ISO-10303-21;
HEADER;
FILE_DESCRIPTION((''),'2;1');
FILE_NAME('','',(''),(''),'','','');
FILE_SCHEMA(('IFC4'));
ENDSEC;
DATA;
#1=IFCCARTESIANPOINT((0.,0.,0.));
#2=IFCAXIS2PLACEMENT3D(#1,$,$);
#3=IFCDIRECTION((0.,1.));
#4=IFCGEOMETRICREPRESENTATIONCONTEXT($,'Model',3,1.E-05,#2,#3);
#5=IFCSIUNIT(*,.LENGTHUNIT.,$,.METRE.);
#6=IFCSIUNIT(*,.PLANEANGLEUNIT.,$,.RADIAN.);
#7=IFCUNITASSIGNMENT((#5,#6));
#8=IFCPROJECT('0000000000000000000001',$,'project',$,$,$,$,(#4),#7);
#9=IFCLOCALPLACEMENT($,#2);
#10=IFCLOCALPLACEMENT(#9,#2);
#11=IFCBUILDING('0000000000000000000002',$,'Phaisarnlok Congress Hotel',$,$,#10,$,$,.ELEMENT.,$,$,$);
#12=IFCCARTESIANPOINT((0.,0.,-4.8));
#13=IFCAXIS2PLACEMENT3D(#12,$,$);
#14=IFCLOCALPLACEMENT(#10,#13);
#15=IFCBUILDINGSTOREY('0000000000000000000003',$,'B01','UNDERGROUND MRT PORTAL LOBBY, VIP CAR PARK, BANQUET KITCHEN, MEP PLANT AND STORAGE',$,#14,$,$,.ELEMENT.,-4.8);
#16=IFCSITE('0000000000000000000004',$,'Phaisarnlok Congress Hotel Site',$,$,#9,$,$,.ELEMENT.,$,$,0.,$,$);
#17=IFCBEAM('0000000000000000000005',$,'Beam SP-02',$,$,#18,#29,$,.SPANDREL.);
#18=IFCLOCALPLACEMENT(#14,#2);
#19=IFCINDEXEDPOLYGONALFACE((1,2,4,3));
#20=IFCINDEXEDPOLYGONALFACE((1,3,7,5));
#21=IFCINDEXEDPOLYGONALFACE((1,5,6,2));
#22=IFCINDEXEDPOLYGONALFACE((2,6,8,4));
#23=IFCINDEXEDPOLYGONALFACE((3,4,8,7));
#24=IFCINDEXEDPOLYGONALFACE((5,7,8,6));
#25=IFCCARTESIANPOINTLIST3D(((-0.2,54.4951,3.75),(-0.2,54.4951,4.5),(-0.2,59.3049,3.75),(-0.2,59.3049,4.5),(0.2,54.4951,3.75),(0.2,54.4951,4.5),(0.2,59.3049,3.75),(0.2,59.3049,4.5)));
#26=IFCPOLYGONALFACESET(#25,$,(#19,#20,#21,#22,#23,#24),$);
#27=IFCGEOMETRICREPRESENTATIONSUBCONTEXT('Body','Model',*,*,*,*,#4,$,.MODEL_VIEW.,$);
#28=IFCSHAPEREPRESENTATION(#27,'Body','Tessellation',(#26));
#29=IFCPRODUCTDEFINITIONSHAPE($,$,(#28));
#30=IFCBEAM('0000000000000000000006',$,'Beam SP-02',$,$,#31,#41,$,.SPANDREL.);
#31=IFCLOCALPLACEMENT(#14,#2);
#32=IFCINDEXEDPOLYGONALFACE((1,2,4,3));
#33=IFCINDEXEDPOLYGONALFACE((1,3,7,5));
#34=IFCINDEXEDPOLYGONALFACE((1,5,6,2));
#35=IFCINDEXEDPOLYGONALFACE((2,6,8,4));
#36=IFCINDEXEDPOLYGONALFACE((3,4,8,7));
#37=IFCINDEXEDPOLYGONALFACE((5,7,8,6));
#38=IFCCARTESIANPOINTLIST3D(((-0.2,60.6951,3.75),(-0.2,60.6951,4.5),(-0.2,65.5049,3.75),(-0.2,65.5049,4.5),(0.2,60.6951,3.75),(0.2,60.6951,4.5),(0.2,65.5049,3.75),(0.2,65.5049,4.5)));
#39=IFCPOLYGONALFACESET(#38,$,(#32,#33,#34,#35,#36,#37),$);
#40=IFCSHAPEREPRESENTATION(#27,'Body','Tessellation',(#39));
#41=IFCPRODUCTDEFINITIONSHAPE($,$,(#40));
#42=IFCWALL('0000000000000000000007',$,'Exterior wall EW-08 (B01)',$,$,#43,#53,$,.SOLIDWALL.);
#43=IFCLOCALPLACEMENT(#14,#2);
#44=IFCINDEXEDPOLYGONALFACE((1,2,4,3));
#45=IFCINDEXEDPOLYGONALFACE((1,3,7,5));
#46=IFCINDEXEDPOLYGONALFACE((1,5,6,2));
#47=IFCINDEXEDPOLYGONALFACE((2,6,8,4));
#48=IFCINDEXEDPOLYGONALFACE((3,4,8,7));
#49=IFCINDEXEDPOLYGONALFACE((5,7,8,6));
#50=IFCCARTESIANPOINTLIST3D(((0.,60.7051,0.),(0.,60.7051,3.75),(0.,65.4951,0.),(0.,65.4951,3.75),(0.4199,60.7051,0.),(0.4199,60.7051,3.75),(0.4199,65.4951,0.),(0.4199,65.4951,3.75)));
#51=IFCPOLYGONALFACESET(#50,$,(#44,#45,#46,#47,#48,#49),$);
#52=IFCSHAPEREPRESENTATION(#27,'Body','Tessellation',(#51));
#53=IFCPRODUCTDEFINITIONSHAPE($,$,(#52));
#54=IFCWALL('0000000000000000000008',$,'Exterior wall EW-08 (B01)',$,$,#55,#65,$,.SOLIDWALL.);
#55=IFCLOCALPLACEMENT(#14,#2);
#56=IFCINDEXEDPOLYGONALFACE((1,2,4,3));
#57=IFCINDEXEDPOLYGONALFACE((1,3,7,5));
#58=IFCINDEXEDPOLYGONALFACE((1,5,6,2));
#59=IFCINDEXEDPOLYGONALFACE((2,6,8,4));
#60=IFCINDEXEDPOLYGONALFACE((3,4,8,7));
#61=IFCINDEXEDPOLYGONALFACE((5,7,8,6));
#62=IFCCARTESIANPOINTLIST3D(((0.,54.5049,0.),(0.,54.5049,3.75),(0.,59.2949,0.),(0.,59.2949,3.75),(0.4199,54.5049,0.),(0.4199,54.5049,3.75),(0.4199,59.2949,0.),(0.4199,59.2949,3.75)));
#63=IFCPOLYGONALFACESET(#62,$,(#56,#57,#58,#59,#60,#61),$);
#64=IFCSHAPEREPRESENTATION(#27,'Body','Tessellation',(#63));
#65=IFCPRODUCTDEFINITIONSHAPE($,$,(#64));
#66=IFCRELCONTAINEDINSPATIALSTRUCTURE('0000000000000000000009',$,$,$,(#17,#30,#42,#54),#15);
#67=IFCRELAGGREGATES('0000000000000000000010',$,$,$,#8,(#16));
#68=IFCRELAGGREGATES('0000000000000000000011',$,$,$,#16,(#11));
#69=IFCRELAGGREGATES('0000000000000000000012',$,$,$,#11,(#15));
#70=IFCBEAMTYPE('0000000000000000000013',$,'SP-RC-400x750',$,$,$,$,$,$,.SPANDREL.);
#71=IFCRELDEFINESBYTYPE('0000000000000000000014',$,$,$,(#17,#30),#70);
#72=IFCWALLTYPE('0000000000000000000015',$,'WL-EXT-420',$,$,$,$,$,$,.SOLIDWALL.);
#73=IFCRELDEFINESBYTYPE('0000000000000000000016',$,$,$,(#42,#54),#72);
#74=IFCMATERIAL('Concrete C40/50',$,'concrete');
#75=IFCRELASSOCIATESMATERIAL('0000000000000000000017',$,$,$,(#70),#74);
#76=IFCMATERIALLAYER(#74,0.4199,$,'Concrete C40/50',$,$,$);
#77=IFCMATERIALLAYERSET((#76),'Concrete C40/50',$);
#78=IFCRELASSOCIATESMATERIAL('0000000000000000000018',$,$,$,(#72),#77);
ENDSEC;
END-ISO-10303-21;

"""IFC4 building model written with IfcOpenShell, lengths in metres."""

from ifc_helpers import new_model, si_unit, direction, frame, frame_2d, origin, origin_2d, place, context, subcontext, project, spatial, rectangle, extrude, material, layer, layer_set, material_profile, profile_set, type_object, element, save


model = new_model("IFC4")

# Units and contexts
model_context = context("Model", 3, precision=1e-05, world=origin(), true_north=direction((0.0, 1.0)))
body_context = subcontext(model_context, "Body", "Model", "MODEL_VIEW")
ifc_project = project(units=[si_unit("LENGTHUNIT", "METRE"), si_unit("PLANEANGLEUNIT", "RADIAN")], contexts=[model_context])

# Site, building, storey
site_placement = place(None, origin())
site = spatial("IfcSite", under=ifc_project, at=site_placement, Name="Phaisarnlok Congress Hotel Site", CompositionType="ELEMENT", RefElevation=0.0)
building_placement = place(site_placement, origin())
building = spatial("IfcBuilding", under=site, at=building_placement, Name="Phaisarnlok Congress Hotel", CompositionType="ELEMENT")
storey_placement = place(building_placement, frame((0.0, 0.0, -4.8)))
storey = spatial("IfcBuildingStorey", under=building, at=storey_placement, Name="B01", Description="UNDERGROUND MRT PORTAL LOBBY, VIP CAR PARK, BANQUET KITCHEN, MEP PLANT AND STORAGE", CompositionType="ELEMENT", Elevation=-4.8)

# Shared definitions
ifc_material_1 = material(Name="Concrete C40/50", Category="concrete")

# Beams
ifc_material_profile_1 = material_profile(ifc_material_1, rectangle(XDim=0.3999, YDim=0.75, at=origin_2d()), Name="RC 400x750")
ifc_profile_set_1 = profile_set([ifc_material_profile_1], Name="Concrete C40/50")
beam_type_1 = type_object("IfcBeamType", Name="SP-RC-400x750", PredefinedType="SPANDREL", material=ifc_profile_set_1)
for number, where, z_axis, x_axis, name in (
    (1, (0.0, 54.4951, 4.125), (0.0, 1.0, 0.0), (-1.0, 0.0, 0.0), "Beam SP-02"),
    (2, (0.0, 60.6951, 4.125), (0.0, 1.0, 0.0), (-1.0, 0.0, 0.0), "Beam SP-02"),
):
    element("IfcBeam", number, at=place(storey_placement, frame(where, z_axis=z_axis, x_axis=x_axis)), inside=storey, type_object=beam_type_1, Name=name, PredefinedType="SPANDREL", context=body_context, shape_type="SweptSolid", body=[
        extrude(rectangle(XDim=0.3999, YDim=0.75, at=origin_2d()), origin(), (0.0, 0.0, 1.0), 4.8098),
    ])

# Walls
ifc_layer = layer(ifc_material_1, 0.4199, Name="Concrete C40/50")
ifc_layer_set = layer_set([ifc_layer], Name="Concrete C40/50")
wall_type = type_object("IfcWallType", Name="WL-EXT-420", PredefinedType="SOLIDWALL", material=ifc_layer_set)
for number, where, z_axis, x_axis, name in (
    (3, (0.21, 65.4951, 0.0), (0.0, 0.0, 1.0), (0.0, -1.0, 0.0), "Exterior wall EW-08 (B01)"),
    (4, (0.21, 59.2949, 0.0), (0.0, 0.0, 1.0), (0.0, -1.0, 0.0), "Exterior wall EW-08 (B01)"),
):
    element("IfcWall", number, at=place(storey_placement, frame(where, z_axis=z_axis, x_axis=x_axis)), inside=storey, type_object=wall_type, Name=name, PredefinedType="SOLIDWALL", context=body_context, shape_type="SweptSolid", body=[
        extrude(rectangle(XDim=4.79, YDim=0.4199, at=frame_2d((2.395, 0.0))), origin(), (0.0, 0.0, 1.0), 3.75),
    ])

save(model, "model.ifc")
